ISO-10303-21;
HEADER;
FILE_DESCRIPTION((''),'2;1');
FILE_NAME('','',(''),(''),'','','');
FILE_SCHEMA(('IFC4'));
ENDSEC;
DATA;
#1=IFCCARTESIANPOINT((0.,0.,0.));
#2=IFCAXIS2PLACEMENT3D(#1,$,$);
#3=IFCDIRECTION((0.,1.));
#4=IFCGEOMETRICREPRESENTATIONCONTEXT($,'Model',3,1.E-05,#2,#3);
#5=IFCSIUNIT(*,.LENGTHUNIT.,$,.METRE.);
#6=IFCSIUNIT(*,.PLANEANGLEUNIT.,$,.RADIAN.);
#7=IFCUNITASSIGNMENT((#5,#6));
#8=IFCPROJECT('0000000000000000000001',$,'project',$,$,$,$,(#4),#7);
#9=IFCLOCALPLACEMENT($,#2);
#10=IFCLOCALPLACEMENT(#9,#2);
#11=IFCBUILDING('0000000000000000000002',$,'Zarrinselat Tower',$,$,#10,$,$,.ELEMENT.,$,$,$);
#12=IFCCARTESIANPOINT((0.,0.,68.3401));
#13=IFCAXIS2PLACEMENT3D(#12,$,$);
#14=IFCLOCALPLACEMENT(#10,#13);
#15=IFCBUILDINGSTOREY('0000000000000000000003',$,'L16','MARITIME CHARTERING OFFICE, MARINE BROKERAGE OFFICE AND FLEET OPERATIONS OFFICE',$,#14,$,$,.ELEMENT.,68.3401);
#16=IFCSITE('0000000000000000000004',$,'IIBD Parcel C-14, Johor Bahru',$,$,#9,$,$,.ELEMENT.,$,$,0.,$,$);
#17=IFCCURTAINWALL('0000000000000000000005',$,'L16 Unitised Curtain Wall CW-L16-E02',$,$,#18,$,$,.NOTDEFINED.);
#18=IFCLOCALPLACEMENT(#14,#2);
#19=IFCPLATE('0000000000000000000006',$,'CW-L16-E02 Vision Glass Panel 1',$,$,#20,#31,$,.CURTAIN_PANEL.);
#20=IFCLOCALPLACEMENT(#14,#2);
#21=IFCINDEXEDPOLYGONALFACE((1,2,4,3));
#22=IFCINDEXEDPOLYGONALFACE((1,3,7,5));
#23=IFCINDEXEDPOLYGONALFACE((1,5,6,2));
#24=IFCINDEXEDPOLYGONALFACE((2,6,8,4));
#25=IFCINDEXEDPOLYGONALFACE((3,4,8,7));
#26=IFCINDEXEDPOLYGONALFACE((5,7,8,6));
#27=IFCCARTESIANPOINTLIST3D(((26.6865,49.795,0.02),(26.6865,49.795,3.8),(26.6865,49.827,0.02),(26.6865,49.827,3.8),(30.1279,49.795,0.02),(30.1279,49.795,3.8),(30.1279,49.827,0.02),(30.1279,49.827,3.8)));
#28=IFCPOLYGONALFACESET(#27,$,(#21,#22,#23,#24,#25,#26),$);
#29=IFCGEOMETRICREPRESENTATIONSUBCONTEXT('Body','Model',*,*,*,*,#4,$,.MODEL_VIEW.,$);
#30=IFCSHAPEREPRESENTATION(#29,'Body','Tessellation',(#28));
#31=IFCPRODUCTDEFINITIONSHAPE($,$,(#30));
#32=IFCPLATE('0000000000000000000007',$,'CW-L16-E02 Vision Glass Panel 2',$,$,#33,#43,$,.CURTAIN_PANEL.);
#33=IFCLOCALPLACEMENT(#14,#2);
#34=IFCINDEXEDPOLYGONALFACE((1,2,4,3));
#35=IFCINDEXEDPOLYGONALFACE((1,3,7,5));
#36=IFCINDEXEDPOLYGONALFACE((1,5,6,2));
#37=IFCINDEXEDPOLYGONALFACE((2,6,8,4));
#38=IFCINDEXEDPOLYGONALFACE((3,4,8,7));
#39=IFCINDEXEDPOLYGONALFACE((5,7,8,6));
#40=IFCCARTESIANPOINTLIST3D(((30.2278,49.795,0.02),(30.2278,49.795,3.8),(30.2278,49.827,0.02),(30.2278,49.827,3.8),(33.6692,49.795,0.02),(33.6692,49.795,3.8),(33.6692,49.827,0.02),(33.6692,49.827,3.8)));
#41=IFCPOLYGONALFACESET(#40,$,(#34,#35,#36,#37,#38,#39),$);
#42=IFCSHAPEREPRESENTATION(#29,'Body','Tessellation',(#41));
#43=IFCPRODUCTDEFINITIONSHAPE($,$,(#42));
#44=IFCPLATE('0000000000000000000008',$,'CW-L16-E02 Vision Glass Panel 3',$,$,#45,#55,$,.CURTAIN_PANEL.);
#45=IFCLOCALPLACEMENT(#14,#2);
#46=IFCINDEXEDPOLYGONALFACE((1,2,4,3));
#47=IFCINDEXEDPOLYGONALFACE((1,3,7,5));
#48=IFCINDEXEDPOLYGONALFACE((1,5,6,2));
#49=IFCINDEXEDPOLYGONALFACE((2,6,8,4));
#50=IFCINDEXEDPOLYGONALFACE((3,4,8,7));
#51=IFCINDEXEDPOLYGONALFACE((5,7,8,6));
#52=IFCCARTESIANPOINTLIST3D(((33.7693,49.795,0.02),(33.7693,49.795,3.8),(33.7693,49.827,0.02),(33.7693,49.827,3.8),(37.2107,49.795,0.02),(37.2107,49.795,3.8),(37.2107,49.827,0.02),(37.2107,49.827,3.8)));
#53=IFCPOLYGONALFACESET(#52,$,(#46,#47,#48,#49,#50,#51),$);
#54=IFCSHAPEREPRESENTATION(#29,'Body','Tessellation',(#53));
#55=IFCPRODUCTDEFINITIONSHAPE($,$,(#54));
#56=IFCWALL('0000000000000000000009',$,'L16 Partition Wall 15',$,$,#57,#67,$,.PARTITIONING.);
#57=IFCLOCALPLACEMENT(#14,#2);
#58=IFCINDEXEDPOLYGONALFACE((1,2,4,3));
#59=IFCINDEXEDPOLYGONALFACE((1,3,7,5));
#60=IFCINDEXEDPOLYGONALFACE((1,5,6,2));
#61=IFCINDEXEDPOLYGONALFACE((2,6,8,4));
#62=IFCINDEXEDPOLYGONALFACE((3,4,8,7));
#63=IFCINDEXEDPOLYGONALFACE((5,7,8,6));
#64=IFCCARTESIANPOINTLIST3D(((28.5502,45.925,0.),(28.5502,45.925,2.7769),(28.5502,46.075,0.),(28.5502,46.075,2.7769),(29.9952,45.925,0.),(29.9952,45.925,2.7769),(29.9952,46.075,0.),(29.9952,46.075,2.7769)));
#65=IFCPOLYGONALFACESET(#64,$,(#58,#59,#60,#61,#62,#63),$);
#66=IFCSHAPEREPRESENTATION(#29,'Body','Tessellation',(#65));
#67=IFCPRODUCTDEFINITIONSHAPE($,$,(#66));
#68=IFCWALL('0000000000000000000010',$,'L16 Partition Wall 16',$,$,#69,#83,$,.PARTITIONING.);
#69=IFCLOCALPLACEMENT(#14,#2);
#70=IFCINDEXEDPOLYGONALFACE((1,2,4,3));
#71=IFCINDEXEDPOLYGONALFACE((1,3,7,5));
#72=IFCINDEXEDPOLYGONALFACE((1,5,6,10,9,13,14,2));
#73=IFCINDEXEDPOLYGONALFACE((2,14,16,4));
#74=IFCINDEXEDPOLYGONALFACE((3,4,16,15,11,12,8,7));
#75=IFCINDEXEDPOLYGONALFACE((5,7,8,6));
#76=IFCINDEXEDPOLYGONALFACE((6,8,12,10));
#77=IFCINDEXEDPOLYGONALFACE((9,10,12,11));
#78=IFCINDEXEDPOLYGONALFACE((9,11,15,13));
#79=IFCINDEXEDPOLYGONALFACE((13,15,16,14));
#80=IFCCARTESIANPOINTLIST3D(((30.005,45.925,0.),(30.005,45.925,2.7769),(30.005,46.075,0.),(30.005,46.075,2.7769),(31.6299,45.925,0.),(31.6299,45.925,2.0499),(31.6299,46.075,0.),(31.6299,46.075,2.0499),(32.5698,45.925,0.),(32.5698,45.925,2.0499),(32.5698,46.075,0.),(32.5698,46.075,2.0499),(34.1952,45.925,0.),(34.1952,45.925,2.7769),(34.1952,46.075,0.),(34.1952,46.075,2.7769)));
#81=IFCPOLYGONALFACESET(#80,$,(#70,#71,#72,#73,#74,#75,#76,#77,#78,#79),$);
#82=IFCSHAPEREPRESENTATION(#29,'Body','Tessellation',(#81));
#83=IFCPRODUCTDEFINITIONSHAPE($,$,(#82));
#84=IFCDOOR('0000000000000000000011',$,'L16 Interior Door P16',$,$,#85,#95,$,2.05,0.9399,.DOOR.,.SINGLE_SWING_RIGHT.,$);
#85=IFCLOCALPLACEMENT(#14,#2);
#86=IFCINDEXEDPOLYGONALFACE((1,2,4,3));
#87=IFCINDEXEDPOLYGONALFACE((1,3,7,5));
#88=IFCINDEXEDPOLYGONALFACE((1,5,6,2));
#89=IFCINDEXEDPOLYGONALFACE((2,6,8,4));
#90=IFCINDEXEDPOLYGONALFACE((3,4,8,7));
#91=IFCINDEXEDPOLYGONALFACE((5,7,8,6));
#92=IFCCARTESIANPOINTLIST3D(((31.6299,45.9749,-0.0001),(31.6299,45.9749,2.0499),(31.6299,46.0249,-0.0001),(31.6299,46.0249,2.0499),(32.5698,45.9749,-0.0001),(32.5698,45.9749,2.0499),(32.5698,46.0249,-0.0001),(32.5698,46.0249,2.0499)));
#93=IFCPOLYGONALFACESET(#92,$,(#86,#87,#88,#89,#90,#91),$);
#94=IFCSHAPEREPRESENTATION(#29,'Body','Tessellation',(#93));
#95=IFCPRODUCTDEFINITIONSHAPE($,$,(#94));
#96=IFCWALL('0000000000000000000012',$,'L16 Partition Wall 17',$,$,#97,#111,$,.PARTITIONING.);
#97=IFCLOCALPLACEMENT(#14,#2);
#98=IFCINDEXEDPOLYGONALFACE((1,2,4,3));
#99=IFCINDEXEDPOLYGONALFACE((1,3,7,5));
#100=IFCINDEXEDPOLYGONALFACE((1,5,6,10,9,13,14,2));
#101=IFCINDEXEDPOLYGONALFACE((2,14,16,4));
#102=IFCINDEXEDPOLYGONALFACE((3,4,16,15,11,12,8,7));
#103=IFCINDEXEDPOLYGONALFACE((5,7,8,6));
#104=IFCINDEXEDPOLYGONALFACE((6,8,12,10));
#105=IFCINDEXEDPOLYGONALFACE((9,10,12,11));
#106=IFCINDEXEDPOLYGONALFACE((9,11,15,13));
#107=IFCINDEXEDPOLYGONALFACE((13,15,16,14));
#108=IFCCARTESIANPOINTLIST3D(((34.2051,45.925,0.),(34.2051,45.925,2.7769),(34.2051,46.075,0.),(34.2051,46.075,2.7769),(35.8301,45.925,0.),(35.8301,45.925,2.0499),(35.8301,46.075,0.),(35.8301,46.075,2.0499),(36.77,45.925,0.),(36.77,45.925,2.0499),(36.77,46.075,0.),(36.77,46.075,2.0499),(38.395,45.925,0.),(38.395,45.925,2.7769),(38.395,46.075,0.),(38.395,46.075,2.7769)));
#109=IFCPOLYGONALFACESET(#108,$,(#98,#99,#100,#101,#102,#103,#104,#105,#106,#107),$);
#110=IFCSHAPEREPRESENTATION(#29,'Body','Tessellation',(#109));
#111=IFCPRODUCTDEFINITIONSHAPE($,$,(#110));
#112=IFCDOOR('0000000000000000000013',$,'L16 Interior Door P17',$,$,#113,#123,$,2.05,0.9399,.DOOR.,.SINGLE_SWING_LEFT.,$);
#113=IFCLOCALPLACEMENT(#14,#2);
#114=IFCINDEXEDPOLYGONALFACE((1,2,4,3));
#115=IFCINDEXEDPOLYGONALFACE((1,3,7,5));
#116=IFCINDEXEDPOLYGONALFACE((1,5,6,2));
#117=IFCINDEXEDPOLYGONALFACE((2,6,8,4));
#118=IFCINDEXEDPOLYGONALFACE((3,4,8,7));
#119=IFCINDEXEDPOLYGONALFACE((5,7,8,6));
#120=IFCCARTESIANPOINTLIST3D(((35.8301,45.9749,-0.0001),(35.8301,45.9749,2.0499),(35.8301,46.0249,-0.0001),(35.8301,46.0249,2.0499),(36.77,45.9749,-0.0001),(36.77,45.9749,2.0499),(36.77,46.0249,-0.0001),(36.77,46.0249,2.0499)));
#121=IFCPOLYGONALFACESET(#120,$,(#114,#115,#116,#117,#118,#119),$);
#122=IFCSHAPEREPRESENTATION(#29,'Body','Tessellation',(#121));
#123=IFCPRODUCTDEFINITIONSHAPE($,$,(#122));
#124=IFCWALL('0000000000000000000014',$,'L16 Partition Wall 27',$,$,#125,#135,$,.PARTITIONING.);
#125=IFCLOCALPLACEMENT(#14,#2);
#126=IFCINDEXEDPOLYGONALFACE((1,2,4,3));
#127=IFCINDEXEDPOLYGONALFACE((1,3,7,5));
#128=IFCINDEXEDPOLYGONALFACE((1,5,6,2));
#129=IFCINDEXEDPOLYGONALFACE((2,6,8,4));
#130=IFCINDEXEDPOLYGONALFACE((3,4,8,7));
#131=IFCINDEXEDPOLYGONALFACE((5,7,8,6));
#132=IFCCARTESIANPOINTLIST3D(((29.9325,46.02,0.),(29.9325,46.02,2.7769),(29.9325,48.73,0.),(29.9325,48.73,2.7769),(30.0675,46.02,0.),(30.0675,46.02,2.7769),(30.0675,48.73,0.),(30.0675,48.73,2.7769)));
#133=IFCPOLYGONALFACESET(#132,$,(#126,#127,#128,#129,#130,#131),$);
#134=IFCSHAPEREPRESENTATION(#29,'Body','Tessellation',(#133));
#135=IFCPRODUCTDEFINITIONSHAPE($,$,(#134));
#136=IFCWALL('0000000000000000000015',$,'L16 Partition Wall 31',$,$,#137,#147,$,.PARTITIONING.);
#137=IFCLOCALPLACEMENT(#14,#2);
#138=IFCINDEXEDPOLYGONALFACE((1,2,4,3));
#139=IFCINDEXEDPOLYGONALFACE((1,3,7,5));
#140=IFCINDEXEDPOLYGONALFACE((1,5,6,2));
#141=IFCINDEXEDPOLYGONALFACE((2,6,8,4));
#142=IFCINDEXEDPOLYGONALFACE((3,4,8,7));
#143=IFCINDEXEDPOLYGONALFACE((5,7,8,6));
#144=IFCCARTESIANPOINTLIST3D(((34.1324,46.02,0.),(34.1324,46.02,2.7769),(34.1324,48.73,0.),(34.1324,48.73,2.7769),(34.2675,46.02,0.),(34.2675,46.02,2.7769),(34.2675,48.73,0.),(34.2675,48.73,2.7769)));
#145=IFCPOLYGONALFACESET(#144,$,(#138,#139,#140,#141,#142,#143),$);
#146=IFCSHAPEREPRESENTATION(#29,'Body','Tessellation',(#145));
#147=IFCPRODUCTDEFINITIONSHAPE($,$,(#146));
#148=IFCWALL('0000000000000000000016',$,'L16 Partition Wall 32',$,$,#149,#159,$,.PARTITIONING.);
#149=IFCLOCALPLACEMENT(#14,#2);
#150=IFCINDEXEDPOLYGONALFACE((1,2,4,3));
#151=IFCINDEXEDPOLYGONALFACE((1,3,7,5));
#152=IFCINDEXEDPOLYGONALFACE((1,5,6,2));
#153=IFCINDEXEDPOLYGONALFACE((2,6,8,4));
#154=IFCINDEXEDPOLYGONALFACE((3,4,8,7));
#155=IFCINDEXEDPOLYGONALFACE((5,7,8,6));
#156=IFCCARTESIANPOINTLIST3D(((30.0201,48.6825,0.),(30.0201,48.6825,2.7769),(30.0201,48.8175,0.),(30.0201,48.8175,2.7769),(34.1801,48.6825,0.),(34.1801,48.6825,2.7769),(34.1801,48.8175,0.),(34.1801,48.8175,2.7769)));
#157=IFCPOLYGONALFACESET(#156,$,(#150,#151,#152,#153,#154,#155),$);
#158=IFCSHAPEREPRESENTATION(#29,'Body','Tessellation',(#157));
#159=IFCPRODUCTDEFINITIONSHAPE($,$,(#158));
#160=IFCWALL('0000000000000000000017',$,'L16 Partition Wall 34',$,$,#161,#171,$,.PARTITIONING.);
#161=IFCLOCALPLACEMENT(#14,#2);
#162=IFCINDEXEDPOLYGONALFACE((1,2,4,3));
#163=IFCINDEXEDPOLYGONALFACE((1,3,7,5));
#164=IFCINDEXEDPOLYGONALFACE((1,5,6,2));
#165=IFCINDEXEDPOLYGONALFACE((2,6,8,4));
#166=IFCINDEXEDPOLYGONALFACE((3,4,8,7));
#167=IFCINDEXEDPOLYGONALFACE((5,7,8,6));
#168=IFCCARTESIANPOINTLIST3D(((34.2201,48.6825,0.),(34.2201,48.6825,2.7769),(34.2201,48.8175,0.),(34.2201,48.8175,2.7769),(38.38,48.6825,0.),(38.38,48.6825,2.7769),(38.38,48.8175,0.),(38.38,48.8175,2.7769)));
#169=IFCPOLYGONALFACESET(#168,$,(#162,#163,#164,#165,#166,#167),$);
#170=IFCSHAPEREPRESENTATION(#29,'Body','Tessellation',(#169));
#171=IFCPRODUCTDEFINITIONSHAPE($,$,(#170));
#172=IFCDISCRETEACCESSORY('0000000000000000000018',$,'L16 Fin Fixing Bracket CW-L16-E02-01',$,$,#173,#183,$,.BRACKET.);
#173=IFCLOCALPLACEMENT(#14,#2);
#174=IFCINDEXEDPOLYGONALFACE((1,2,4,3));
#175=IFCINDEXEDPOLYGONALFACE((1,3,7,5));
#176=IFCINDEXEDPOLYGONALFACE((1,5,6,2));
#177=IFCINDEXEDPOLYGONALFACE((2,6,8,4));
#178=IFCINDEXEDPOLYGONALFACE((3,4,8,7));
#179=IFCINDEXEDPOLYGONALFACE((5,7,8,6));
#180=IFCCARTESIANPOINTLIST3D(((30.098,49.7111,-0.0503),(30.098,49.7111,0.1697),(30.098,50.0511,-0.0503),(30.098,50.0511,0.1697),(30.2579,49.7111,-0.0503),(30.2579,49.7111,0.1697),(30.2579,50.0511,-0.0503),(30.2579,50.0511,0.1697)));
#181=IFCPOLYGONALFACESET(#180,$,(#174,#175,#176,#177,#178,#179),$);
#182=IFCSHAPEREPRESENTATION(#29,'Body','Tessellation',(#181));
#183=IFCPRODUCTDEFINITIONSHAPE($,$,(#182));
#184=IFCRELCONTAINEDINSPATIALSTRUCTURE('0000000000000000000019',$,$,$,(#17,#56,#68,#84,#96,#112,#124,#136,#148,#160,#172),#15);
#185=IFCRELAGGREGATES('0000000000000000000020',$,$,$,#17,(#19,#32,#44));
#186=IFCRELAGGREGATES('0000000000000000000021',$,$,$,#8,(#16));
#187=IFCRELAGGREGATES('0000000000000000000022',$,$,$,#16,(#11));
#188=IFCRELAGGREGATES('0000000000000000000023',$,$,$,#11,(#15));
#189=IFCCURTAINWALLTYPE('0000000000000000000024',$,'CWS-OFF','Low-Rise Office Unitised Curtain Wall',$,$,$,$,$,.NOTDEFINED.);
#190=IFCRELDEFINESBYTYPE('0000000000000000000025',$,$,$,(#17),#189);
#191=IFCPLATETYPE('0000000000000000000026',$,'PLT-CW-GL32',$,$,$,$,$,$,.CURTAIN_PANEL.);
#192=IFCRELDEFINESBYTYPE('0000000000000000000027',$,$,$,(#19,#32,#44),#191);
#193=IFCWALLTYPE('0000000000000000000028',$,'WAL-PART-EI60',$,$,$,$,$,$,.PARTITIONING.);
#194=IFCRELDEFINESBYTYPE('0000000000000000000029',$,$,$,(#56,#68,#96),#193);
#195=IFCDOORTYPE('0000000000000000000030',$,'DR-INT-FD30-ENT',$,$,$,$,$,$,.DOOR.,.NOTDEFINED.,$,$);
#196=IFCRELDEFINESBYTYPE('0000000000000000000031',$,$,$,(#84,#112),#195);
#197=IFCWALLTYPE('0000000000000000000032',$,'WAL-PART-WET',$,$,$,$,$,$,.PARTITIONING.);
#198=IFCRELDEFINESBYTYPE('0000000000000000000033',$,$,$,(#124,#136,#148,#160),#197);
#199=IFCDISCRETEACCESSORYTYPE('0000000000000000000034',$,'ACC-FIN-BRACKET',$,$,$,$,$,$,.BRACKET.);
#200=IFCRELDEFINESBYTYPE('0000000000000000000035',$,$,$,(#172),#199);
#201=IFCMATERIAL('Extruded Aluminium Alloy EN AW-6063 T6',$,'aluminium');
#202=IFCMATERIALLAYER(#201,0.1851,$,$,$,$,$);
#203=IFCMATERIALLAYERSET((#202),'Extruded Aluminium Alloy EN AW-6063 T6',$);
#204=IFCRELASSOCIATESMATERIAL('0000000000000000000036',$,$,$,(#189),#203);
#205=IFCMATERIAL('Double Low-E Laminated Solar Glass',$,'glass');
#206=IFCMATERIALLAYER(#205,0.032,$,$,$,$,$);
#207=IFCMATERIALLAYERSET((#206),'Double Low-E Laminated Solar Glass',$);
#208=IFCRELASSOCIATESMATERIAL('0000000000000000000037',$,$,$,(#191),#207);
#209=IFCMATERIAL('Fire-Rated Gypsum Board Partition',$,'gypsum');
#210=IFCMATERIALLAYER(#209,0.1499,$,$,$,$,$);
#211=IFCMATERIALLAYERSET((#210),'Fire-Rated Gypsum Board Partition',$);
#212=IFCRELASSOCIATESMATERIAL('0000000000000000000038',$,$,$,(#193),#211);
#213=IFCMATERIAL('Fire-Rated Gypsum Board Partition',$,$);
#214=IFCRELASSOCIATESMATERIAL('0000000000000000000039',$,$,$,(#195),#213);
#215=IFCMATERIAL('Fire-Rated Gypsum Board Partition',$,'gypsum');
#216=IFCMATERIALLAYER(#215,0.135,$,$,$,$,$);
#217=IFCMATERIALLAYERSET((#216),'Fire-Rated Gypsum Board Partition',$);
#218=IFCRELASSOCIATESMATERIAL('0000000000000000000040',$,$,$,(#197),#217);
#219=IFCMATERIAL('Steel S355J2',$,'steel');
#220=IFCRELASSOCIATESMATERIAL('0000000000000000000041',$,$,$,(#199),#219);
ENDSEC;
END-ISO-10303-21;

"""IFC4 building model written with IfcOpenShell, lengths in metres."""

from ifc_helpers import new_model, si_unit, direction, frame, frame_2d, origin, origin_2d, place, context, subcontext, project, spatial, rectangle, extrude, material, layer, layer_set, type_object, element, fill, aggregate, save


model = new_model("IFC4")

# Units and contexts
model_context = context("Model", 3, precision=1e-05, world=origin(), true_north=direction((0.0, 1.0)))
body_context = subcontext(model_context, "Body", "Model", "MODEL_VIEW")
ifc_project = project(units=[si_unit("LENGTHUNIT", "METRE"), si_unit("PLANEANGLEUNIT", "RADIAN")], contexts=[model_context])

# Site, building, storey
site_placement = place(None, origin())
site = spatial("IfcSite", under=ifc_project, at=site_placement, Name="IIBD Parcel C-14, Johor Bahru", CompositionType="ELEMENT", RefElevation=0.0)
building_placement = place(site_placement, origin())
building = spatial("IfcBuilding", under=site, at=building_placement, Name="Zarrinselat Tower", CompositionType="ELEMENT")
storey_placement = place(building_placement, frame((0.0, 0.0, 68.3401)))
storey = spatial("IfcBuildingStorey", under=building, at=storey_placement, Name="L16", Description="MARITIME CHARTERING OFFICE, MARINE BROKERAGE OFFICE AND FLEET OPERATIONS OFFICE", CompositionType="ELEMENT", Elevation=68.3401)

# Curtain wall, plates
ifc_material_1 = material(Name="Extruded Aluminium Alloy EN AW-6063 T6", Category="aluminium")
ifc_layer_1 = layer(ifc_material_1, 0.1851)
ifc_layer_set_1 = layer_set([ifc_layer_1], Name="Extruded Aluminium Alloy EN AW-6063 T6")
curtain_wall_type = type_object("IfcCurtainWallType", Name="CWS-OFF", Description="Low-Rise Office Unitised Curtain Wall", PredefinedType="NOTDEFINED", material=ifc_layer_set_1)
curtain_wall_placement = place(storey_placement, origin())
curtain_wall = element("IfcCurtainWall", 1, at=curtain_wall_placement, inside=storey, type_object=curtain_wall_type, Name="L16 Unitised Curtain Wall CW-L16-E02", PredefinedType="NOTDEFINED")
ifc_material_2 = material(Name="Double Low-E Laminated Solar Glass", Category="glass")
ifc_layer_2 = layer(ifc_material_2, 0.032)
ifc_layer_set_2 = layer_set([ifc_layer_2], Name="Double Low-E Laminated Solar Glass")
plate_type = type_object("IfcPlateType", Name="PLT-CW-GL32", PredefinedType="CURTAIN_PANEL", material=ifc_layer_set_2)
plate_1_placement = place(storey_placement, frame((28.4072, 49.811, 0.02), z_axis=(0.0, 0.0, 1.0), x_axis=(1.0, 0.0, 0.0)))
plate_1 = element("IfcPlate", 2, at=plate_1_placement, type_object=plate_type, Name="CW-L16-E02 Vision Glass Panel 1", PredefinedType="CURTAIN_PANEL", context=body_context, shape_type="SweptSolid", body=[
    extrude(rectangle(XDim=3.4414, YDim=0.032, at=origin_2d()), origin(), (0.0, 0.0, 1.0), 3.78),
])
plate_2_placement = place(storey_placement, frame((31.9485, 49.811, 0.02), z_axis=(0.0, 0.0, 1.0), x_axis=(1.0, 0.0, 0.0)))
plate_2 = element("IfcPlate", 3, at=plate_2_placement, type_object=plate_type, Name="CW-L16-E02 Vision Glass Panel 2", PredefinedType="CURTAIN_PANEL", context=body_context, shape_type="SweptSolid", body=[
    extrude(rectangle(XDim=3.4414, YDim=0.032, at=origin_2d()), origin(), (0.0, 0.0, 1.0), 3.78),
])
plate_3_placement = place(storey_placement, frame((35.49, 49.811, 0.02), z_axis=(0.0, 0.0, 1.0), x_axis=(1.0, 0.0, 0.0)))
plate_3 = element("IfcPlate", 4, at=plate_3_placement, type_object=plate_type, Name="CW-L16-E02 Vision Glass Panel 3", PredefinedType="CURTAIN_PANEL", context=body_context, shape_type="SweptSolid", body=[
    extrude(rectangle(XDim=3.4414, YDim=0.032, at=origin_2d()), origin(), (0.0, 0.0, 1.0), 3.78),
])
aggregate(curtain_wall, [plate_1, plate_2, plate_3])

# Wall
ifc_material_3 = material(Name="Fire-Rated Gypsum Board Partition", Category="gypsum")
ifc_layer_3 = layer(ifc_material_3, 0.1499)
ifc_layer_set_3 = layer_set([ifc_layer_3], Name="Fire-Rated Gypsum Board Partition")
wall_type_1 = type_object("IfcWallType", Name="WAL-PART-EI60", PredefinedType="PARTITIONING", material=ifc_layer_set_3)
wall_1_placement = place(storey_placement, frame((28.55, 46.0, 0.0), z_axis=(0.0, 0.0, 1.0), x_axis=(1.0, 0.0, 0.0)))
element("IfcWall", 5, at=wall_1_placement, inside=storey, type_object=wall_type_1, Name="L16 Partition Wall 15", PredefinedType="PARTITIONING", context=body_context, shape_type="SweptSolid", body=[
    extrude(rectangle(XDim=1.4451, YDim=0.1499, at=frame_2d((0.7227, 0.0))), origin(), (0.0, 0.0, 1.0), 2.7769),
])

# Walls, openings, doors
wall_2_placement = place(storey_placement, frame((30.0049, 46.0, 0.0), z_axis=(0.0, 0.0, 1.0), x_axis=(1.0, 0.0, 0.0)))
wall_2 = element("IfcWall", 6, at=wall_2_placement, inside=storey, type_object=wall_type_1, Name="L16 Partition Wall 16", PredefinedType="PARTITIONING", context=body_context, shape_type="SweptSolid", body=[
    extrude(rectangle(XDim=4.1902, YDim=0.1499, at=frame_2d((2.0952, 0.0))), origin(), (0.0, 0.0, 1.0), 2.7769),
])
opening_1_placement = place(wall_2_placement, frame((1.625, 0.0, 0.0)))
opening_1 = element("IfcOpeningElement", 7, at=opening_1_placement, cuts=wall_2, PredefinedType="OPENING", context=body_context, shape_type="SweptSolid", body=[
    extrude(rectangle(XDim=0.9399, YDim=2.05, at=frame_2d((0.47, 1.0249))), frame((0.0, 0.085, 0.0), z_axis=(0.0, -1.0, 0.0), x_axis=(1.0, 0.0, 0.0)), (0.0, 0.0, 1.0), 0.1699),
])
ifc_material_4 = material(Name="Fire-Rated Gypsum Board Partition")
door_type = type_object("IfcDoorType", Name="DR-INT-FD30-ENT", OperationType="NOTDEFINED", PredefinedType="DOOR", material=ifc_material_4)
door_1_placement = place(opening_1_placement, origin())
door_1 = element("IfcDoor", 8, at=door_1_placement, inside=storey, type_object=door_type, Name="L16 Interior Door P16", OperationType="SINGLE_SWING_RIGHT", OverallHeight=2.05, OverallWidth=0.9399, PredefinedType="DOOR", context=body_context, shape_type="SweptSolid", body=[
    extrude(rectangle(XDim=0.9399, YDim=2.05, at=frame_2d((0.47, 1.0249))), frame((0.0, 0.0249, 0.0), z_axis=(0.0, -1.0, 0.0), x_axis=(1.0, 0.0, 0.0)), (0.0, 0.0, 1.0), 0.05),
])
fill(opening_1, door_1)
wall_3_placement = place(storey_placement, frame((34.2051, 46.0, 0.0), z_axis=(0.0, 0.0, 1.0), x_axis=(1.0, 0.0, 0.0)))
wall_3 = element("IfcWall", 9, at=wall_3_placement, inside=storey, type_object=wall_type_1, Name="L16 Partition Wall 17", PredefinedType="PARTITIONING", context=body_context, shape_type="SweptSolid", body=[
    extrude(rectangle(XDim=4.1899, YDim=0.1499, at=frame_2d((2.095, 0.0))), origin(), (0.0, 0.0, 1.0), 2.7769),
])
opening_2_placement = place(wall_3_placement, frame((1.625, 0.0, 0.0)))
opening_2 = element("IfcOpeningElement", 10, at=opening_2_placement, cuts=wall_3, PredefinedType="OPENING", context=body_context, shape_type="SweptSolid", body=[
    extrude(rectangle(XDim=0.9399, YDim=2.05, at=frame_2d((0.47, 1.0249))), frame((0.0, 0.085, 0.0), z_axis=(0.0, -1.0, 0.0), x_axis=(1.0, 0.0, 0.0)), (0.0, 0.0, 1.0), 0.1699),
])
door_2_placement = place(opening_2_placement, origin())
door_2 = element("IfcDoor", 11, at=door_2_placement, inside=storey, type_object=door_type, Name="L16 Interior Door P17", OperationType="SINGLE_SWING_LEFT", OverallHeight=2.05, OverallWidth=0.9399, PredefinedType="DOOR", context=body_context, shape_type="SweptSolid", body=[
    extrude(rectangle(XDim=0.9399, YDim=2.05, at=frame_2d((0.47, 1.0249))), frame((0.0, 0.0249, 0.0), z_axis=(0.0, -1.0, 0.0), x_axis=(1.0, 0.0, 0.0)), (0.0, 0.0, 1.0), 0.05),
])
fill(opening_2, door_2)

# Walls
ifc_material_5 = material(Name="Fire-Rated Gypsum Board Partition", Category="gypsum")
ifc_layer_4 = layer(ifc_material_5, 0.135)
ifc_layer_set_4 = layer_set([ifc_layer_4], Name="Fire-Rated Gypsum Board Partition")
wall_type_2 = type_object("IfcWallType", Name="WAL-PART-WET", PredefinedType="PARTITIONING", material=ifc_layer_set_4)
for number, where, z_axis, x_axis, name in (
    (12, (30.0, 46.02, 0.0), (0.0, 0.0, 1.0), (0.0, 1.0, 0.0), "L16 Partition Wall 27"),
    (13, (34.2, 46.02, 0.0), (0.0, 0.0, 1.0), (0.0, 1.0, 0.0), "L16 Partition Wall 31"),
):
    element("IfcWall", number, at=place(storey_placement, frame(where, z_axis=z_axis, x_axis=x_axis)), inside=storey, type_object=wall_type_2, Name=name, PredefinedType="PARTITIONING", context=body_context, shape_type="SweptSolid", body=[
        extrude(rectangle(XDim=2.71, YDim=0.135, at=frame_2d((1.355, 0.0))), origin(), (0.0, 0.0, 1.0), 2.7769),
    ])
for number, where, z_axis, x_axis, name in (
    (14, (30.02, 48.75, 0.0), (0.0, 0.0, 1.0), (1.0, 0.0, 0.0), "L16 Partition Wall 32"),
    (15, (34.22, 48.75, 0.0), (0.0, 0.0, 1.0), (1.0, 0.0, 0.0), "L16 Partition Wall 34"),
):
    element("IfcWall", number, at=place(storey_placement, frame(where, z_axis=z_axis, x_axis=x_axis)), inside=storey, type_object=wall_type_2, Name=name, PredefinedType="PARTITIONING", context=body_context, shape_type="SweptSolid", body=[
        extrude(rectangle(XDim=4.1599, YDim=0.135, at=frame_2d((2.0801, 0.0))), origin(), (0.0, 0.0, 1.0), 2.7769),
    ])

# Discrete accessory
ifc_material_6 = material(Name="Steel S355J2", Category="steel")
discrete_accessory_type = type_object("IfcDiscreteAccessoryType", Name="ACC-FIN-BRACKET", PredefinedType="BRACKET", material=ifc_material_6)
discrete_accessory_placement = place(storey_placement, frame((30.178, 49.8811, -0.0503), z_axis=(0.0, 0.0, 1.0), x_axis=(0.0, 1.0, 0.0)))
element("IfcDiscreteAccessory", 16, at=discrete_accessory_placement, inside=storey, type_object=discrete_accessory_type, Name="L16 Fin Fixing Bracket CW-L16-E02-01", PredefinedType="BRACKET", context=body_context, shape_type="SweptSolid", body=[
    extrude(rectangle(XDim=0.3401, YDim=0.1599, at=origin_2d()), origin(), (0.0, 0.0, 1.0), 0.22),
])

save(model, "model.ifc")
